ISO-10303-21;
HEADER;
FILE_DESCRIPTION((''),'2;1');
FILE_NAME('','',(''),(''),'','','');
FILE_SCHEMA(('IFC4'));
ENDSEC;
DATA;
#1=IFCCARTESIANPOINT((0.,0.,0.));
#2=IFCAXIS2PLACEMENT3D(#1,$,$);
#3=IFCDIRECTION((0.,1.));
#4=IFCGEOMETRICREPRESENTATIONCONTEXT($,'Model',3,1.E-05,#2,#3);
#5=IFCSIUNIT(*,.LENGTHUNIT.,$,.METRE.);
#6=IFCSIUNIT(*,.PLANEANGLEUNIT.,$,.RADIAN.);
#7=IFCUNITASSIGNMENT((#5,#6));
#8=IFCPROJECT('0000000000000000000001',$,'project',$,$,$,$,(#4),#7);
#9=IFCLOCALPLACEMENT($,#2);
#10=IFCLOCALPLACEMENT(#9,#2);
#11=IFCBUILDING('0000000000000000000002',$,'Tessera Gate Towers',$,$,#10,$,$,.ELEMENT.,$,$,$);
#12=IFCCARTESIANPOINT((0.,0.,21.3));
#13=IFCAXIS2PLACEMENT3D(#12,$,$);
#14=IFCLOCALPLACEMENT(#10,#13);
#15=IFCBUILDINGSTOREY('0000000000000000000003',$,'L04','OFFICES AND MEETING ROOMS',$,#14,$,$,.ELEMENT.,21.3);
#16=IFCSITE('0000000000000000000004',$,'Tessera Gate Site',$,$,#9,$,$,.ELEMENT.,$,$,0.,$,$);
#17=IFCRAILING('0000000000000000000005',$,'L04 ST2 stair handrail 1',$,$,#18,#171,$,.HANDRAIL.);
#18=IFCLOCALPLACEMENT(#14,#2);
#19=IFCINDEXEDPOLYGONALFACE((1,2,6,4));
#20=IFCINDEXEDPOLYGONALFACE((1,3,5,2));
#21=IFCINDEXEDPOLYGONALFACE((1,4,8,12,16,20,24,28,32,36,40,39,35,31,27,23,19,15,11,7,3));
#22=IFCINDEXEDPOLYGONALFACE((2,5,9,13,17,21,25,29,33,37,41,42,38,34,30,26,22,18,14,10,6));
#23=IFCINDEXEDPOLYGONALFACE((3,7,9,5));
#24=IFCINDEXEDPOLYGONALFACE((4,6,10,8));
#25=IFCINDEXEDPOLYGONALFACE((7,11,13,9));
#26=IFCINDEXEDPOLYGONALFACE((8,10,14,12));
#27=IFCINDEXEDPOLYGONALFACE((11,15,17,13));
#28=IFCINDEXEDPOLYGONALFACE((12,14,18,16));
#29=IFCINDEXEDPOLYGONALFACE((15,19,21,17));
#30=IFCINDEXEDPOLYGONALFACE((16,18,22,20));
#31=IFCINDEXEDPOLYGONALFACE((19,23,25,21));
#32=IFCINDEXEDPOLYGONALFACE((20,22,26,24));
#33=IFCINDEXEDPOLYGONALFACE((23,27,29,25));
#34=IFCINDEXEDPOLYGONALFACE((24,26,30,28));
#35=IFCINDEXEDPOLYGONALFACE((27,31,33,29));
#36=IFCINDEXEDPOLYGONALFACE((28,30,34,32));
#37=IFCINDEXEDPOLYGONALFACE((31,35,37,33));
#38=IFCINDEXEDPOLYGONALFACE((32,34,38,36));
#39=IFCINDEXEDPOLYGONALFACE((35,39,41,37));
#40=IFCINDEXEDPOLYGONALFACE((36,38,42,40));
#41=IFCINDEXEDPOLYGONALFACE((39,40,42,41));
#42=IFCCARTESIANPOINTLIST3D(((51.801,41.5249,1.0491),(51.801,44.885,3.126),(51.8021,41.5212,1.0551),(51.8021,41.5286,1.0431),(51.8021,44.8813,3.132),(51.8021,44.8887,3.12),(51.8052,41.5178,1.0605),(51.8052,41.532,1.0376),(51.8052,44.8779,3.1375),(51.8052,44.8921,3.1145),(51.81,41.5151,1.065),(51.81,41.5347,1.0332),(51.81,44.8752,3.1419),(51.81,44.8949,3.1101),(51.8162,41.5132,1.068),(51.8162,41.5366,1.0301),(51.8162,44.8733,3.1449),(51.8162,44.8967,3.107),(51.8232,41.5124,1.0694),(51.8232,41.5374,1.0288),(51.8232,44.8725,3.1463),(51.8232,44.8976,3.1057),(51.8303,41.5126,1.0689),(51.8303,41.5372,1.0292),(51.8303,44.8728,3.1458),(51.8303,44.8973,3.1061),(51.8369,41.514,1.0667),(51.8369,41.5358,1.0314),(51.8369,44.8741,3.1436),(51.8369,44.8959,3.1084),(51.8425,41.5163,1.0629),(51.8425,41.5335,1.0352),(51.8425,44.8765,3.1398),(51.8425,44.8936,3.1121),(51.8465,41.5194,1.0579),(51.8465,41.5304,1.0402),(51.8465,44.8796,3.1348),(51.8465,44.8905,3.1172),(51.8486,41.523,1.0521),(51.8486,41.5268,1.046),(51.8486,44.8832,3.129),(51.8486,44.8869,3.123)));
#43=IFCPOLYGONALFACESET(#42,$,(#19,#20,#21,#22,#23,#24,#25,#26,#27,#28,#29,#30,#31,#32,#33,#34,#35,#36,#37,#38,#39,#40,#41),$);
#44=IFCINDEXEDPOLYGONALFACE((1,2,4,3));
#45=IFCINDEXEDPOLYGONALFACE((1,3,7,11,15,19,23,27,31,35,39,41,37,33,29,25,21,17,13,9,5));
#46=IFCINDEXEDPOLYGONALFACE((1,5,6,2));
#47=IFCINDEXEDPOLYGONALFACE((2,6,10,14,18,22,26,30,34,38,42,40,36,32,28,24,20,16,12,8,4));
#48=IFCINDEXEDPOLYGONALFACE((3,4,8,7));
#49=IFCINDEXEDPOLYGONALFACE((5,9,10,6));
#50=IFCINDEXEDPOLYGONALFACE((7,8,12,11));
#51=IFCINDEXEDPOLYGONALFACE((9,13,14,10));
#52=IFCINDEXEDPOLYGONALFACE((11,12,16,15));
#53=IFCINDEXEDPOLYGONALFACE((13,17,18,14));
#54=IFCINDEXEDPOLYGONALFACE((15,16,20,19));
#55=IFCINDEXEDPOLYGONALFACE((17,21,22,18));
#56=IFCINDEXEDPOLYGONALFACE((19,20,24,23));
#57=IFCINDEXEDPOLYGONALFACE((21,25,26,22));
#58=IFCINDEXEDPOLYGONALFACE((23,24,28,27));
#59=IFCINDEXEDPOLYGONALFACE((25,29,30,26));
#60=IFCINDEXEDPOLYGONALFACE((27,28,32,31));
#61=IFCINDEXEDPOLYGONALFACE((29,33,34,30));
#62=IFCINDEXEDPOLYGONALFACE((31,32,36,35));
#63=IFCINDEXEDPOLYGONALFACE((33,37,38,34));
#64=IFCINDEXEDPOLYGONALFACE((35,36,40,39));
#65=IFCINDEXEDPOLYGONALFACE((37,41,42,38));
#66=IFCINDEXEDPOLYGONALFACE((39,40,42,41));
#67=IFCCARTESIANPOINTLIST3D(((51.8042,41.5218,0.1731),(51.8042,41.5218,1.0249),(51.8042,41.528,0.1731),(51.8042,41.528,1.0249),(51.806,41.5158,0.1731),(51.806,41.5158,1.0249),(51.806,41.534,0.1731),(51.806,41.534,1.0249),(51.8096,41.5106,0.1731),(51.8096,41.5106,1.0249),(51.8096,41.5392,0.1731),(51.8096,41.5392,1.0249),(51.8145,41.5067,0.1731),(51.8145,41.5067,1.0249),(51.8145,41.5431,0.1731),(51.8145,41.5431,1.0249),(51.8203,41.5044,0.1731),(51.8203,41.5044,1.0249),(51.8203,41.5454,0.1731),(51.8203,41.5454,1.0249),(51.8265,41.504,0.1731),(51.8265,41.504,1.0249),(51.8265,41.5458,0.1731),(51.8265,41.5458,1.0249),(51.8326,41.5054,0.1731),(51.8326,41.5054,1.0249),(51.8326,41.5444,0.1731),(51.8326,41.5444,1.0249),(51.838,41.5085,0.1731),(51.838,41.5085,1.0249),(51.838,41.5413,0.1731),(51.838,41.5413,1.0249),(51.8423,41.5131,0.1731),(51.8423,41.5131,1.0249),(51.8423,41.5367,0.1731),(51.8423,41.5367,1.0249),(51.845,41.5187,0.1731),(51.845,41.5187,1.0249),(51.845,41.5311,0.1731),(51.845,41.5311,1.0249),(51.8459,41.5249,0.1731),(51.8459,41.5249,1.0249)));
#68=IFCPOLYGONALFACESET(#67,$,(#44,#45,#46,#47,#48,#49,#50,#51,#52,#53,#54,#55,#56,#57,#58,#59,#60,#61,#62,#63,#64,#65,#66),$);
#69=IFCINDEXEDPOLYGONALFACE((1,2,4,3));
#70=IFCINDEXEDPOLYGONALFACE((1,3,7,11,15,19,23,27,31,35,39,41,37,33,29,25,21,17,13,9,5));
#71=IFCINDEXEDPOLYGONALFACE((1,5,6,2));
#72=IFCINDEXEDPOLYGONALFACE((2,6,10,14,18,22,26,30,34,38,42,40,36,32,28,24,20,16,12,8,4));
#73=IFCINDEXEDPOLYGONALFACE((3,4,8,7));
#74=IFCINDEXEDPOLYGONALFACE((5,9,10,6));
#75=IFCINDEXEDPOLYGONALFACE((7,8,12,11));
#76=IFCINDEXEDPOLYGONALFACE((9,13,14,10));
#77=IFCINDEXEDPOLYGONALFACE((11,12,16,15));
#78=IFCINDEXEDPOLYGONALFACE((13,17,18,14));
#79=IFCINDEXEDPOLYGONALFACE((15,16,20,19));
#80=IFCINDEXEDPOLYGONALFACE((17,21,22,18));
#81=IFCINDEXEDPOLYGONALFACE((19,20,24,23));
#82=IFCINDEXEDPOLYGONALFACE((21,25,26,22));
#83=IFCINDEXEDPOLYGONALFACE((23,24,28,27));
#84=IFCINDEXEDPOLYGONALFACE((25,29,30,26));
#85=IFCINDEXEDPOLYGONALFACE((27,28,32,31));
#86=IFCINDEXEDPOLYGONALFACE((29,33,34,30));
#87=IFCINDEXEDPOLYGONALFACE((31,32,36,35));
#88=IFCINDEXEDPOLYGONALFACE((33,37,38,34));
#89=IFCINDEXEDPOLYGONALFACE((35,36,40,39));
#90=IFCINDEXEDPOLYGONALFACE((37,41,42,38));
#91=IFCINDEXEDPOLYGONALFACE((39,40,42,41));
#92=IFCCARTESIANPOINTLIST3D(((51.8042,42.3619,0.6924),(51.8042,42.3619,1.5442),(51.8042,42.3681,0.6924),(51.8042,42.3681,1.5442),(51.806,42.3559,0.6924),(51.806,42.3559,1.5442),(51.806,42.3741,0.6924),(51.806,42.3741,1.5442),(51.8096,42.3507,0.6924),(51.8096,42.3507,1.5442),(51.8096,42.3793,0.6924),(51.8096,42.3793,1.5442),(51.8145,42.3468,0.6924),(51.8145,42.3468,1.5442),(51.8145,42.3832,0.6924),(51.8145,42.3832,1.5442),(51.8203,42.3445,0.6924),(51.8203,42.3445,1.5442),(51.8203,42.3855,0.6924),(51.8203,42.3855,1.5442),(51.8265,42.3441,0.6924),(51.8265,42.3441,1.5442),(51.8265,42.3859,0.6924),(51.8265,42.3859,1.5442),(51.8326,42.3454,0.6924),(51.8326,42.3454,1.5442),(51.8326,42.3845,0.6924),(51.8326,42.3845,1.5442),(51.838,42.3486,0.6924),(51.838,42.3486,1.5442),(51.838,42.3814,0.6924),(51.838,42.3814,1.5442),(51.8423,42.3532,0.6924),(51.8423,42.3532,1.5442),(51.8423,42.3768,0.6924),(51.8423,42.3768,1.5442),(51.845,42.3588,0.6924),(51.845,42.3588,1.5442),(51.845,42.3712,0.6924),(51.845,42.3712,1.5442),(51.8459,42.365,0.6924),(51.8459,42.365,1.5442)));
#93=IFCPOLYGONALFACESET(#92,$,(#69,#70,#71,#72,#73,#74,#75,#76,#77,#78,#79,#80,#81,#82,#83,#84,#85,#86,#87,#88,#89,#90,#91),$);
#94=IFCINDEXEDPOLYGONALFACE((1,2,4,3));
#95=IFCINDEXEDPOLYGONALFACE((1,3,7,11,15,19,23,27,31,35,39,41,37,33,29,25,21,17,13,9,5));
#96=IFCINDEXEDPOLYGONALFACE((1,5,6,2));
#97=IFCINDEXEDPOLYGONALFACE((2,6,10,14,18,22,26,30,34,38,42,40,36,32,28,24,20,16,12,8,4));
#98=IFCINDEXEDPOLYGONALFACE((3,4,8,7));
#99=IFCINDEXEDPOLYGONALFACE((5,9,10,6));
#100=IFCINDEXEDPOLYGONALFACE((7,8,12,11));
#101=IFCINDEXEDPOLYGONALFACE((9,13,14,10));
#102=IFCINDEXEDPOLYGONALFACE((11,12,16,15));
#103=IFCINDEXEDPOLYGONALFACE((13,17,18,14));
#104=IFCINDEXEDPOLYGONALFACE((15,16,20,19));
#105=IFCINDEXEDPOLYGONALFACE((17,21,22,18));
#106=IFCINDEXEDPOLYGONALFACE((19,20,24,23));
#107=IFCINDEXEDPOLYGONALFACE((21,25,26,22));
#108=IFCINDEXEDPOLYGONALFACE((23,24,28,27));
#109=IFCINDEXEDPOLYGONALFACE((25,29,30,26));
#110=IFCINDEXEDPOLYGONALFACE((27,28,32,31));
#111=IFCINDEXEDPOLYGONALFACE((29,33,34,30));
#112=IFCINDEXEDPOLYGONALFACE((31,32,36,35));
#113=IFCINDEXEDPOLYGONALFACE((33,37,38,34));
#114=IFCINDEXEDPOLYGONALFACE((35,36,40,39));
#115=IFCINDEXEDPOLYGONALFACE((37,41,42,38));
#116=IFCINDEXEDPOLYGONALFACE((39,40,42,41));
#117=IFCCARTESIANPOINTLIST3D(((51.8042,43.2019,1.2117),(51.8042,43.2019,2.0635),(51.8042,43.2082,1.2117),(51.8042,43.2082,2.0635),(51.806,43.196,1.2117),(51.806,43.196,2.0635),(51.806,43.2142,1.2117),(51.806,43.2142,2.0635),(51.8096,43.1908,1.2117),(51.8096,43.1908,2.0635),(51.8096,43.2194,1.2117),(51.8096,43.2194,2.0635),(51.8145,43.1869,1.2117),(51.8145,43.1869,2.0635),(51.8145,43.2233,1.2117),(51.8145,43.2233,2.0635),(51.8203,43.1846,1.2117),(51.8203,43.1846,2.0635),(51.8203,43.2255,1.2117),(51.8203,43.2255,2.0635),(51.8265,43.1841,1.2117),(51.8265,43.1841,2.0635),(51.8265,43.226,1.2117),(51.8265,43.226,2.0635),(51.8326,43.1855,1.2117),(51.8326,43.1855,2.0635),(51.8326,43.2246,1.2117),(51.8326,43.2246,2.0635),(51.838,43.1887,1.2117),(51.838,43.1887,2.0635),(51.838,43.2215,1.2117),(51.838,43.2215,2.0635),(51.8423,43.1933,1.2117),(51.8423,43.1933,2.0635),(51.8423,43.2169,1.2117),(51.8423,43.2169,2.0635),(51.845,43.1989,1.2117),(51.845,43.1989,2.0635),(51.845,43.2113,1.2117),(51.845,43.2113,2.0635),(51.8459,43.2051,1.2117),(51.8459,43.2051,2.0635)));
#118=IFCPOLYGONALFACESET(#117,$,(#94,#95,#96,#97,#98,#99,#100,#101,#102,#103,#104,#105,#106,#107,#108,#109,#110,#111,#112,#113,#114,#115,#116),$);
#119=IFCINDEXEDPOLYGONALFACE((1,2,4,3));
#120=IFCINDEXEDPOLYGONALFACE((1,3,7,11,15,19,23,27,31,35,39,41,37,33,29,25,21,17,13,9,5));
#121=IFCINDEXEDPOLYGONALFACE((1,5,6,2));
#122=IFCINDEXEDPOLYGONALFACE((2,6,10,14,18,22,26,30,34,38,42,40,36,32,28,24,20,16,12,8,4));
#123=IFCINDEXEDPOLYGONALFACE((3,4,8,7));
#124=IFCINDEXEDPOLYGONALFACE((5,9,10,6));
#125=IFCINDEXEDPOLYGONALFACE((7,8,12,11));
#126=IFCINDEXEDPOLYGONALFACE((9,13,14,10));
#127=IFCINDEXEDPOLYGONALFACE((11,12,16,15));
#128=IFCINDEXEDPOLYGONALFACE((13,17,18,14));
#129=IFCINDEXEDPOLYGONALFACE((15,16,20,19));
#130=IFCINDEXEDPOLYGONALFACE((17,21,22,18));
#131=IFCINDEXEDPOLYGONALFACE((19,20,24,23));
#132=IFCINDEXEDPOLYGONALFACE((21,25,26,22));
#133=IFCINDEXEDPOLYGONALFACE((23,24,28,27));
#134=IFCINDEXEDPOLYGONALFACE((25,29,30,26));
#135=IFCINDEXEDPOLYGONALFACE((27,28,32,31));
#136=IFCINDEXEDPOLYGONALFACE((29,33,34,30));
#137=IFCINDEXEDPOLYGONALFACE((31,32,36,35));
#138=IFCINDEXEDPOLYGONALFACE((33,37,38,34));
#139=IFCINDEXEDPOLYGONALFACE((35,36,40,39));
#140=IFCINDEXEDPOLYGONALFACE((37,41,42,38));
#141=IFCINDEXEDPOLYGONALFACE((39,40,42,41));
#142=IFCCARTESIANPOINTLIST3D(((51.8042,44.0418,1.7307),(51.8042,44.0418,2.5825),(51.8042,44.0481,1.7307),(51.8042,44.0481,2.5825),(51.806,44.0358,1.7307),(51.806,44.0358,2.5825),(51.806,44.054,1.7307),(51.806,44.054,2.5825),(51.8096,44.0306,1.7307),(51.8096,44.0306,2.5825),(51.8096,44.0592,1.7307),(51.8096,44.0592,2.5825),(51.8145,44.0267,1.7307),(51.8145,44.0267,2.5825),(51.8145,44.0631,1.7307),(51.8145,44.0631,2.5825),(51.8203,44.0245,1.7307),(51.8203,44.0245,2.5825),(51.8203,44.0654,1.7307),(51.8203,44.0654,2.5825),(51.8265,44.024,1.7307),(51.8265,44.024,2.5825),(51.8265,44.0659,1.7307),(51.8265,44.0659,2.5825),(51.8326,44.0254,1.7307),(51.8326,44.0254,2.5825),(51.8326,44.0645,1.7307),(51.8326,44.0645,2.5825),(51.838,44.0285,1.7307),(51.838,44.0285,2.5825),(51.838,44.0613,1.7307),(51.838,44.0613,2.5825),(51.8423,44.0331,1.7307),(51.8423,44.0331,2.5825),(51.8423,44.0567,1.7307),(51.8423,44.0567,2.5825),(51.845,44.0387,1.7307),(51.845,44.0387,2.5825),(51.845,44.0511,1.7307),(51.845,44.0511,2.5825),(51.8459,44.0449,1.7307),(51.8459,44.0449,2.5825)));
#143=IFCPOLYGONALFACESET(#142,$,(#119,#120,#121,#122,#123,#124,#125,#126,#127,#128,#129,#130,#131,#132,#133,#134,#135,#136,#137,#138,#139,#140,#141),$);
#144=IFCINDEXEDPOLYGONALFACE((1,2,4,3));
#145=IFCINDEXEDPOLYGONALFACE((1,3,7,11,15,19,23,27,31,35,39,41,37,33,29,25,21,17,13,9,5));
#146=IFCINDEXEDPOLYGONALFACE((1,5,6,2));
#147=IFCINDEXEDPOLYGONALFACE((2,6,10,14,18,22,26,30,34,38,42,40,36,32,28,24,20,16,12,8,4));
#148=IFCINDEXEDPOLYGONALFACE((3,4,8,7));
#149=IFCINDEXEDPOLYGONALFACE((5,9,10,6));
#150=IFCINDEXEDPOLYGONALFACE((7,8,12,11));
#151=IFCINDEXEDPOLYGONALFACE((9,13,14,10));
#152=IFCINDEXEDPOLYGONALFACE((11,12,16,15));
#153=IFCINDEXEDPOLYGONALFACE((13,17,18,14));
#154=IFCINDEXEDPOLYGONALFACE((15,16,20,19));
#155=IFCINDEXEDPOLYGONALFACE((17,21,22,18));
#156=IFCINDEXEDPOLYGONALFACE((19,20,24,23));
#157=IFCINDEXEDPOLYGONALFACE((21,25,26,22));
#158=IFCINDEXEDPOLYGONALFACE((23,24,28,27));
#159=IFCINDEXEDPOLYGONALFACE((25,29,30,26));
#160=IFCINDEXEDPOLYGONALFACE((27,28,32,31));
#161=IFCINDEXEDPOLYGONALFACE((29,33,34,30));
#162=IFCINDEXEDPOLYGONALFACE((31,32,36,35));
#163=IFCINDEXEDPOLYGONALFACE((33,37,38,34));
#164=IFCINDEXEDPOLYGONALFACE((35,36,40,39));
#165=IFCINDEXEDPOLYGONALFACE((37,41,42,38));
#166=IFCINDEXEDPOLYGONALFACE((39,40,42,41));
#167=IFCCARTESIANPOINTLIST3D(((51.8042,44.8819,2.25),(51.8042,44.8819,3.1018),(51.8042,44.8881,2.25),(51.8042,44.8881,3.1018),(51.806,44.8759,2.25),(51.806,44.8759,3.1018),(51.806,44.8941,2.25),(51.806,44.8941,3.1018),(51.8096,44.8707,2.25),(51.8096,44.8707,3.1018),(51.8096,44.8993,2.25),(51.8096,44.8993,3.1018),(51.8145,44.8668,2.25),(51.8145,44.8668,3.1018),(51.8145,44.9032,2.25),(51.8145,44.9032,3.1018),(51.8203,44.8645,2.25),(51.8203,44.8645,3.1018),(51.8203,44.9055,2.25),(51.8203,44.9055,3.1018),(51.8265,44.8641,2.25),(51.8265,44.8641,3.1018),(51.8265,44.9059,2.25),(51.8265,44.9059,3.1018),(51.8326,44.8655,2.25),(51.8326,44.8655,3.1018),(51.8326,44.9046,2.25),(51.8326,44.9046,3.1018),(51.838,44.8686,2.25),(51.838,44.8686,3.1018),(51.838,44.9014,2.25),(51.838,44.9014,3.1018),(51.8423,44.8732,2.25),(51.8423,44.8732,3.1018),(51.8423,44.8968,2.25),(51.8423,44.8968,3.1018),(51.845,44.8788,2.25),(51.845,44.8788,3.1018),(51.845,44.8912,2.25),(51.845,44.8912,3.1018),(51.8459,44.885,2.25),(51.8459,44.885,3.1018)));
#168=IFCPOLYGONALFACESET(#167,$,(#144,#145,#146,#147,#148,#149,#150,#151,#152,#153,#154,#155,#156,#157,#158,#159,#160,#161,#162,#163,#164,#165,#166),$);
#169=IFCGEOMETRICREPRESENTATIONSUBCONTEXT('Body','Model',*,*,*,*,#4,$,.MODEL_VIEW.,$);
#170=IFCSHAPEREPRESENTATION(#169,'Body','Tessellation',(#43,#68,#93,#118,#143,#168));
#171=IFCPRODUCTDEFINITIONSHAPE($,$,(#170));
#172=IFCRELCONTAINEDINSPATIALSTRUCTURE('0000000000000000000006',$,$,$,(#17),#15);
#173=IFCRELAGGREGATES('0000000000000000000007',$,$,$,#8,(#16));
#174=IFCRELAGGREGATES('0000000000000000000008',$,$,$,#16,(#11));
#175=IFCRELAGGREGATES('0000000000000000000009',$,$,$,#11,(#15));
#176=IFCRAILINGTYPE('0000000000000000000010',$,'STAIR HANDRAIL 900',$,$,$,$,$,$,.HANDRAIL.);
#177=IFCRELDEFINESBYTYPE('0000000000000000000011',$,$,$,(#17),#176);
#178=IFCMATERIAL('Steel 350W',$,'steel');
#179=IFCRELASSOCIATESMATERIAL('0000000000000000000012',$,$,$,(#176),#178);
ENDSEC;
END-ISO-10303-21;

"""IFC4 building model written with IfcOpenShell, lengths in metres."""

from ifc_helpers import new_model, si_unit, direction, frame, origin, origin_2d, place, context, subcontext, project, spatial, circle, extrude, material, type_object, element, save


model = new_model("IFC4")

# Units and contexts
model_context = context("Model", 3, precision=1e-05, world=origin(), true_north=direction((0.0, 1.0)))
body_context = subcontext(model_context, "Body", "Model", "MODEL_VIEW")
ifc_project = project(units=[si_unit("LENGTHUNIT", "METRE"), si_unit("PLANEANGLEUNIT", "RADIAN")], contexts=[model_context])

# Site, building, storey
site_placement = place(None, origin())
site = spatial("IfcSite", under=ifc_project, at=site_placement, Name="Tessera Gate Site", CompositionType="ELEMENT", RefElevation=0.0)
building_placement = place(site_placement, origin())
building = spatial("IfcBuilding", under=site, at=building_placement, Name="Tessera Gate Towers", CompositionType="ELEMENT")
storey_placement = place(building_placement, frame((0.0, 0.0, 21.3)))
storey = spatial("IfcBuildingStorey", under=building, at=storey_placement, Name="L04", Description="OFFICES AND MEETING ROOMS", CompositionType="ELEMENT", Elevation=21.3)

# Railing
ifc_material_1 = material(Name="Steel 350W", Category="steel")
railing_type_1 = type_object("IfcRailingType", Name="STAIR HANDRAIL 900", PredefinedType="HANDRAIL", material=ifc_material_1)
railing_1_placement = place(storey_placement, frame((51.825, 41.5249, 0.1731)))
element("IfcRailing", 1, at=railing_1_placement, inside=storey, type_object=railing_type_1, Name="L04 ST2 stair handrail 1", PredefinedType="HANDRAIL", context=body_context, shape_type="SweptSolid", body=[
    extrude(circle(Radius=0.0239, at=origin_2d()), frame((0.0, 0.0, 0.876), z_axis=(0.0, 0.850623, 0.525776), x_axis=(-1.0, 0.0, 0.0)), (0.0, 0.0, 1.0), 3.9502),
    extrude(circle(Radius=0.021, at=origin_2d()), origin(), (0.0, 0.0, 1.0), 0.8518),
    extrude(circle(Radius=0.021, at=origin_2d()), frame((0.0, 0.8401, 0.5193)), (0.0, 0.0, 1.0), 0.8518),
    extrude(circle(Radius=0.021, at=origin_2d()), frame((0.0, 1.6802, 1.0386)), (0.0, 0.0, 1.0), 0.8518),
    extrude(circle(Radius=0.021, at=origin_2d()), frame((0.0, 2.52, 1.5576)), (0.0, 0.0, 1.0), 0.8518),
    extrude(circle(Radius=0.021, at=origin_2d()), frame((0.0, 3.3601, 2.0769)), (0.0, 0.0, 1.0), 0.8518),
])

save(model, "model.ifc")
